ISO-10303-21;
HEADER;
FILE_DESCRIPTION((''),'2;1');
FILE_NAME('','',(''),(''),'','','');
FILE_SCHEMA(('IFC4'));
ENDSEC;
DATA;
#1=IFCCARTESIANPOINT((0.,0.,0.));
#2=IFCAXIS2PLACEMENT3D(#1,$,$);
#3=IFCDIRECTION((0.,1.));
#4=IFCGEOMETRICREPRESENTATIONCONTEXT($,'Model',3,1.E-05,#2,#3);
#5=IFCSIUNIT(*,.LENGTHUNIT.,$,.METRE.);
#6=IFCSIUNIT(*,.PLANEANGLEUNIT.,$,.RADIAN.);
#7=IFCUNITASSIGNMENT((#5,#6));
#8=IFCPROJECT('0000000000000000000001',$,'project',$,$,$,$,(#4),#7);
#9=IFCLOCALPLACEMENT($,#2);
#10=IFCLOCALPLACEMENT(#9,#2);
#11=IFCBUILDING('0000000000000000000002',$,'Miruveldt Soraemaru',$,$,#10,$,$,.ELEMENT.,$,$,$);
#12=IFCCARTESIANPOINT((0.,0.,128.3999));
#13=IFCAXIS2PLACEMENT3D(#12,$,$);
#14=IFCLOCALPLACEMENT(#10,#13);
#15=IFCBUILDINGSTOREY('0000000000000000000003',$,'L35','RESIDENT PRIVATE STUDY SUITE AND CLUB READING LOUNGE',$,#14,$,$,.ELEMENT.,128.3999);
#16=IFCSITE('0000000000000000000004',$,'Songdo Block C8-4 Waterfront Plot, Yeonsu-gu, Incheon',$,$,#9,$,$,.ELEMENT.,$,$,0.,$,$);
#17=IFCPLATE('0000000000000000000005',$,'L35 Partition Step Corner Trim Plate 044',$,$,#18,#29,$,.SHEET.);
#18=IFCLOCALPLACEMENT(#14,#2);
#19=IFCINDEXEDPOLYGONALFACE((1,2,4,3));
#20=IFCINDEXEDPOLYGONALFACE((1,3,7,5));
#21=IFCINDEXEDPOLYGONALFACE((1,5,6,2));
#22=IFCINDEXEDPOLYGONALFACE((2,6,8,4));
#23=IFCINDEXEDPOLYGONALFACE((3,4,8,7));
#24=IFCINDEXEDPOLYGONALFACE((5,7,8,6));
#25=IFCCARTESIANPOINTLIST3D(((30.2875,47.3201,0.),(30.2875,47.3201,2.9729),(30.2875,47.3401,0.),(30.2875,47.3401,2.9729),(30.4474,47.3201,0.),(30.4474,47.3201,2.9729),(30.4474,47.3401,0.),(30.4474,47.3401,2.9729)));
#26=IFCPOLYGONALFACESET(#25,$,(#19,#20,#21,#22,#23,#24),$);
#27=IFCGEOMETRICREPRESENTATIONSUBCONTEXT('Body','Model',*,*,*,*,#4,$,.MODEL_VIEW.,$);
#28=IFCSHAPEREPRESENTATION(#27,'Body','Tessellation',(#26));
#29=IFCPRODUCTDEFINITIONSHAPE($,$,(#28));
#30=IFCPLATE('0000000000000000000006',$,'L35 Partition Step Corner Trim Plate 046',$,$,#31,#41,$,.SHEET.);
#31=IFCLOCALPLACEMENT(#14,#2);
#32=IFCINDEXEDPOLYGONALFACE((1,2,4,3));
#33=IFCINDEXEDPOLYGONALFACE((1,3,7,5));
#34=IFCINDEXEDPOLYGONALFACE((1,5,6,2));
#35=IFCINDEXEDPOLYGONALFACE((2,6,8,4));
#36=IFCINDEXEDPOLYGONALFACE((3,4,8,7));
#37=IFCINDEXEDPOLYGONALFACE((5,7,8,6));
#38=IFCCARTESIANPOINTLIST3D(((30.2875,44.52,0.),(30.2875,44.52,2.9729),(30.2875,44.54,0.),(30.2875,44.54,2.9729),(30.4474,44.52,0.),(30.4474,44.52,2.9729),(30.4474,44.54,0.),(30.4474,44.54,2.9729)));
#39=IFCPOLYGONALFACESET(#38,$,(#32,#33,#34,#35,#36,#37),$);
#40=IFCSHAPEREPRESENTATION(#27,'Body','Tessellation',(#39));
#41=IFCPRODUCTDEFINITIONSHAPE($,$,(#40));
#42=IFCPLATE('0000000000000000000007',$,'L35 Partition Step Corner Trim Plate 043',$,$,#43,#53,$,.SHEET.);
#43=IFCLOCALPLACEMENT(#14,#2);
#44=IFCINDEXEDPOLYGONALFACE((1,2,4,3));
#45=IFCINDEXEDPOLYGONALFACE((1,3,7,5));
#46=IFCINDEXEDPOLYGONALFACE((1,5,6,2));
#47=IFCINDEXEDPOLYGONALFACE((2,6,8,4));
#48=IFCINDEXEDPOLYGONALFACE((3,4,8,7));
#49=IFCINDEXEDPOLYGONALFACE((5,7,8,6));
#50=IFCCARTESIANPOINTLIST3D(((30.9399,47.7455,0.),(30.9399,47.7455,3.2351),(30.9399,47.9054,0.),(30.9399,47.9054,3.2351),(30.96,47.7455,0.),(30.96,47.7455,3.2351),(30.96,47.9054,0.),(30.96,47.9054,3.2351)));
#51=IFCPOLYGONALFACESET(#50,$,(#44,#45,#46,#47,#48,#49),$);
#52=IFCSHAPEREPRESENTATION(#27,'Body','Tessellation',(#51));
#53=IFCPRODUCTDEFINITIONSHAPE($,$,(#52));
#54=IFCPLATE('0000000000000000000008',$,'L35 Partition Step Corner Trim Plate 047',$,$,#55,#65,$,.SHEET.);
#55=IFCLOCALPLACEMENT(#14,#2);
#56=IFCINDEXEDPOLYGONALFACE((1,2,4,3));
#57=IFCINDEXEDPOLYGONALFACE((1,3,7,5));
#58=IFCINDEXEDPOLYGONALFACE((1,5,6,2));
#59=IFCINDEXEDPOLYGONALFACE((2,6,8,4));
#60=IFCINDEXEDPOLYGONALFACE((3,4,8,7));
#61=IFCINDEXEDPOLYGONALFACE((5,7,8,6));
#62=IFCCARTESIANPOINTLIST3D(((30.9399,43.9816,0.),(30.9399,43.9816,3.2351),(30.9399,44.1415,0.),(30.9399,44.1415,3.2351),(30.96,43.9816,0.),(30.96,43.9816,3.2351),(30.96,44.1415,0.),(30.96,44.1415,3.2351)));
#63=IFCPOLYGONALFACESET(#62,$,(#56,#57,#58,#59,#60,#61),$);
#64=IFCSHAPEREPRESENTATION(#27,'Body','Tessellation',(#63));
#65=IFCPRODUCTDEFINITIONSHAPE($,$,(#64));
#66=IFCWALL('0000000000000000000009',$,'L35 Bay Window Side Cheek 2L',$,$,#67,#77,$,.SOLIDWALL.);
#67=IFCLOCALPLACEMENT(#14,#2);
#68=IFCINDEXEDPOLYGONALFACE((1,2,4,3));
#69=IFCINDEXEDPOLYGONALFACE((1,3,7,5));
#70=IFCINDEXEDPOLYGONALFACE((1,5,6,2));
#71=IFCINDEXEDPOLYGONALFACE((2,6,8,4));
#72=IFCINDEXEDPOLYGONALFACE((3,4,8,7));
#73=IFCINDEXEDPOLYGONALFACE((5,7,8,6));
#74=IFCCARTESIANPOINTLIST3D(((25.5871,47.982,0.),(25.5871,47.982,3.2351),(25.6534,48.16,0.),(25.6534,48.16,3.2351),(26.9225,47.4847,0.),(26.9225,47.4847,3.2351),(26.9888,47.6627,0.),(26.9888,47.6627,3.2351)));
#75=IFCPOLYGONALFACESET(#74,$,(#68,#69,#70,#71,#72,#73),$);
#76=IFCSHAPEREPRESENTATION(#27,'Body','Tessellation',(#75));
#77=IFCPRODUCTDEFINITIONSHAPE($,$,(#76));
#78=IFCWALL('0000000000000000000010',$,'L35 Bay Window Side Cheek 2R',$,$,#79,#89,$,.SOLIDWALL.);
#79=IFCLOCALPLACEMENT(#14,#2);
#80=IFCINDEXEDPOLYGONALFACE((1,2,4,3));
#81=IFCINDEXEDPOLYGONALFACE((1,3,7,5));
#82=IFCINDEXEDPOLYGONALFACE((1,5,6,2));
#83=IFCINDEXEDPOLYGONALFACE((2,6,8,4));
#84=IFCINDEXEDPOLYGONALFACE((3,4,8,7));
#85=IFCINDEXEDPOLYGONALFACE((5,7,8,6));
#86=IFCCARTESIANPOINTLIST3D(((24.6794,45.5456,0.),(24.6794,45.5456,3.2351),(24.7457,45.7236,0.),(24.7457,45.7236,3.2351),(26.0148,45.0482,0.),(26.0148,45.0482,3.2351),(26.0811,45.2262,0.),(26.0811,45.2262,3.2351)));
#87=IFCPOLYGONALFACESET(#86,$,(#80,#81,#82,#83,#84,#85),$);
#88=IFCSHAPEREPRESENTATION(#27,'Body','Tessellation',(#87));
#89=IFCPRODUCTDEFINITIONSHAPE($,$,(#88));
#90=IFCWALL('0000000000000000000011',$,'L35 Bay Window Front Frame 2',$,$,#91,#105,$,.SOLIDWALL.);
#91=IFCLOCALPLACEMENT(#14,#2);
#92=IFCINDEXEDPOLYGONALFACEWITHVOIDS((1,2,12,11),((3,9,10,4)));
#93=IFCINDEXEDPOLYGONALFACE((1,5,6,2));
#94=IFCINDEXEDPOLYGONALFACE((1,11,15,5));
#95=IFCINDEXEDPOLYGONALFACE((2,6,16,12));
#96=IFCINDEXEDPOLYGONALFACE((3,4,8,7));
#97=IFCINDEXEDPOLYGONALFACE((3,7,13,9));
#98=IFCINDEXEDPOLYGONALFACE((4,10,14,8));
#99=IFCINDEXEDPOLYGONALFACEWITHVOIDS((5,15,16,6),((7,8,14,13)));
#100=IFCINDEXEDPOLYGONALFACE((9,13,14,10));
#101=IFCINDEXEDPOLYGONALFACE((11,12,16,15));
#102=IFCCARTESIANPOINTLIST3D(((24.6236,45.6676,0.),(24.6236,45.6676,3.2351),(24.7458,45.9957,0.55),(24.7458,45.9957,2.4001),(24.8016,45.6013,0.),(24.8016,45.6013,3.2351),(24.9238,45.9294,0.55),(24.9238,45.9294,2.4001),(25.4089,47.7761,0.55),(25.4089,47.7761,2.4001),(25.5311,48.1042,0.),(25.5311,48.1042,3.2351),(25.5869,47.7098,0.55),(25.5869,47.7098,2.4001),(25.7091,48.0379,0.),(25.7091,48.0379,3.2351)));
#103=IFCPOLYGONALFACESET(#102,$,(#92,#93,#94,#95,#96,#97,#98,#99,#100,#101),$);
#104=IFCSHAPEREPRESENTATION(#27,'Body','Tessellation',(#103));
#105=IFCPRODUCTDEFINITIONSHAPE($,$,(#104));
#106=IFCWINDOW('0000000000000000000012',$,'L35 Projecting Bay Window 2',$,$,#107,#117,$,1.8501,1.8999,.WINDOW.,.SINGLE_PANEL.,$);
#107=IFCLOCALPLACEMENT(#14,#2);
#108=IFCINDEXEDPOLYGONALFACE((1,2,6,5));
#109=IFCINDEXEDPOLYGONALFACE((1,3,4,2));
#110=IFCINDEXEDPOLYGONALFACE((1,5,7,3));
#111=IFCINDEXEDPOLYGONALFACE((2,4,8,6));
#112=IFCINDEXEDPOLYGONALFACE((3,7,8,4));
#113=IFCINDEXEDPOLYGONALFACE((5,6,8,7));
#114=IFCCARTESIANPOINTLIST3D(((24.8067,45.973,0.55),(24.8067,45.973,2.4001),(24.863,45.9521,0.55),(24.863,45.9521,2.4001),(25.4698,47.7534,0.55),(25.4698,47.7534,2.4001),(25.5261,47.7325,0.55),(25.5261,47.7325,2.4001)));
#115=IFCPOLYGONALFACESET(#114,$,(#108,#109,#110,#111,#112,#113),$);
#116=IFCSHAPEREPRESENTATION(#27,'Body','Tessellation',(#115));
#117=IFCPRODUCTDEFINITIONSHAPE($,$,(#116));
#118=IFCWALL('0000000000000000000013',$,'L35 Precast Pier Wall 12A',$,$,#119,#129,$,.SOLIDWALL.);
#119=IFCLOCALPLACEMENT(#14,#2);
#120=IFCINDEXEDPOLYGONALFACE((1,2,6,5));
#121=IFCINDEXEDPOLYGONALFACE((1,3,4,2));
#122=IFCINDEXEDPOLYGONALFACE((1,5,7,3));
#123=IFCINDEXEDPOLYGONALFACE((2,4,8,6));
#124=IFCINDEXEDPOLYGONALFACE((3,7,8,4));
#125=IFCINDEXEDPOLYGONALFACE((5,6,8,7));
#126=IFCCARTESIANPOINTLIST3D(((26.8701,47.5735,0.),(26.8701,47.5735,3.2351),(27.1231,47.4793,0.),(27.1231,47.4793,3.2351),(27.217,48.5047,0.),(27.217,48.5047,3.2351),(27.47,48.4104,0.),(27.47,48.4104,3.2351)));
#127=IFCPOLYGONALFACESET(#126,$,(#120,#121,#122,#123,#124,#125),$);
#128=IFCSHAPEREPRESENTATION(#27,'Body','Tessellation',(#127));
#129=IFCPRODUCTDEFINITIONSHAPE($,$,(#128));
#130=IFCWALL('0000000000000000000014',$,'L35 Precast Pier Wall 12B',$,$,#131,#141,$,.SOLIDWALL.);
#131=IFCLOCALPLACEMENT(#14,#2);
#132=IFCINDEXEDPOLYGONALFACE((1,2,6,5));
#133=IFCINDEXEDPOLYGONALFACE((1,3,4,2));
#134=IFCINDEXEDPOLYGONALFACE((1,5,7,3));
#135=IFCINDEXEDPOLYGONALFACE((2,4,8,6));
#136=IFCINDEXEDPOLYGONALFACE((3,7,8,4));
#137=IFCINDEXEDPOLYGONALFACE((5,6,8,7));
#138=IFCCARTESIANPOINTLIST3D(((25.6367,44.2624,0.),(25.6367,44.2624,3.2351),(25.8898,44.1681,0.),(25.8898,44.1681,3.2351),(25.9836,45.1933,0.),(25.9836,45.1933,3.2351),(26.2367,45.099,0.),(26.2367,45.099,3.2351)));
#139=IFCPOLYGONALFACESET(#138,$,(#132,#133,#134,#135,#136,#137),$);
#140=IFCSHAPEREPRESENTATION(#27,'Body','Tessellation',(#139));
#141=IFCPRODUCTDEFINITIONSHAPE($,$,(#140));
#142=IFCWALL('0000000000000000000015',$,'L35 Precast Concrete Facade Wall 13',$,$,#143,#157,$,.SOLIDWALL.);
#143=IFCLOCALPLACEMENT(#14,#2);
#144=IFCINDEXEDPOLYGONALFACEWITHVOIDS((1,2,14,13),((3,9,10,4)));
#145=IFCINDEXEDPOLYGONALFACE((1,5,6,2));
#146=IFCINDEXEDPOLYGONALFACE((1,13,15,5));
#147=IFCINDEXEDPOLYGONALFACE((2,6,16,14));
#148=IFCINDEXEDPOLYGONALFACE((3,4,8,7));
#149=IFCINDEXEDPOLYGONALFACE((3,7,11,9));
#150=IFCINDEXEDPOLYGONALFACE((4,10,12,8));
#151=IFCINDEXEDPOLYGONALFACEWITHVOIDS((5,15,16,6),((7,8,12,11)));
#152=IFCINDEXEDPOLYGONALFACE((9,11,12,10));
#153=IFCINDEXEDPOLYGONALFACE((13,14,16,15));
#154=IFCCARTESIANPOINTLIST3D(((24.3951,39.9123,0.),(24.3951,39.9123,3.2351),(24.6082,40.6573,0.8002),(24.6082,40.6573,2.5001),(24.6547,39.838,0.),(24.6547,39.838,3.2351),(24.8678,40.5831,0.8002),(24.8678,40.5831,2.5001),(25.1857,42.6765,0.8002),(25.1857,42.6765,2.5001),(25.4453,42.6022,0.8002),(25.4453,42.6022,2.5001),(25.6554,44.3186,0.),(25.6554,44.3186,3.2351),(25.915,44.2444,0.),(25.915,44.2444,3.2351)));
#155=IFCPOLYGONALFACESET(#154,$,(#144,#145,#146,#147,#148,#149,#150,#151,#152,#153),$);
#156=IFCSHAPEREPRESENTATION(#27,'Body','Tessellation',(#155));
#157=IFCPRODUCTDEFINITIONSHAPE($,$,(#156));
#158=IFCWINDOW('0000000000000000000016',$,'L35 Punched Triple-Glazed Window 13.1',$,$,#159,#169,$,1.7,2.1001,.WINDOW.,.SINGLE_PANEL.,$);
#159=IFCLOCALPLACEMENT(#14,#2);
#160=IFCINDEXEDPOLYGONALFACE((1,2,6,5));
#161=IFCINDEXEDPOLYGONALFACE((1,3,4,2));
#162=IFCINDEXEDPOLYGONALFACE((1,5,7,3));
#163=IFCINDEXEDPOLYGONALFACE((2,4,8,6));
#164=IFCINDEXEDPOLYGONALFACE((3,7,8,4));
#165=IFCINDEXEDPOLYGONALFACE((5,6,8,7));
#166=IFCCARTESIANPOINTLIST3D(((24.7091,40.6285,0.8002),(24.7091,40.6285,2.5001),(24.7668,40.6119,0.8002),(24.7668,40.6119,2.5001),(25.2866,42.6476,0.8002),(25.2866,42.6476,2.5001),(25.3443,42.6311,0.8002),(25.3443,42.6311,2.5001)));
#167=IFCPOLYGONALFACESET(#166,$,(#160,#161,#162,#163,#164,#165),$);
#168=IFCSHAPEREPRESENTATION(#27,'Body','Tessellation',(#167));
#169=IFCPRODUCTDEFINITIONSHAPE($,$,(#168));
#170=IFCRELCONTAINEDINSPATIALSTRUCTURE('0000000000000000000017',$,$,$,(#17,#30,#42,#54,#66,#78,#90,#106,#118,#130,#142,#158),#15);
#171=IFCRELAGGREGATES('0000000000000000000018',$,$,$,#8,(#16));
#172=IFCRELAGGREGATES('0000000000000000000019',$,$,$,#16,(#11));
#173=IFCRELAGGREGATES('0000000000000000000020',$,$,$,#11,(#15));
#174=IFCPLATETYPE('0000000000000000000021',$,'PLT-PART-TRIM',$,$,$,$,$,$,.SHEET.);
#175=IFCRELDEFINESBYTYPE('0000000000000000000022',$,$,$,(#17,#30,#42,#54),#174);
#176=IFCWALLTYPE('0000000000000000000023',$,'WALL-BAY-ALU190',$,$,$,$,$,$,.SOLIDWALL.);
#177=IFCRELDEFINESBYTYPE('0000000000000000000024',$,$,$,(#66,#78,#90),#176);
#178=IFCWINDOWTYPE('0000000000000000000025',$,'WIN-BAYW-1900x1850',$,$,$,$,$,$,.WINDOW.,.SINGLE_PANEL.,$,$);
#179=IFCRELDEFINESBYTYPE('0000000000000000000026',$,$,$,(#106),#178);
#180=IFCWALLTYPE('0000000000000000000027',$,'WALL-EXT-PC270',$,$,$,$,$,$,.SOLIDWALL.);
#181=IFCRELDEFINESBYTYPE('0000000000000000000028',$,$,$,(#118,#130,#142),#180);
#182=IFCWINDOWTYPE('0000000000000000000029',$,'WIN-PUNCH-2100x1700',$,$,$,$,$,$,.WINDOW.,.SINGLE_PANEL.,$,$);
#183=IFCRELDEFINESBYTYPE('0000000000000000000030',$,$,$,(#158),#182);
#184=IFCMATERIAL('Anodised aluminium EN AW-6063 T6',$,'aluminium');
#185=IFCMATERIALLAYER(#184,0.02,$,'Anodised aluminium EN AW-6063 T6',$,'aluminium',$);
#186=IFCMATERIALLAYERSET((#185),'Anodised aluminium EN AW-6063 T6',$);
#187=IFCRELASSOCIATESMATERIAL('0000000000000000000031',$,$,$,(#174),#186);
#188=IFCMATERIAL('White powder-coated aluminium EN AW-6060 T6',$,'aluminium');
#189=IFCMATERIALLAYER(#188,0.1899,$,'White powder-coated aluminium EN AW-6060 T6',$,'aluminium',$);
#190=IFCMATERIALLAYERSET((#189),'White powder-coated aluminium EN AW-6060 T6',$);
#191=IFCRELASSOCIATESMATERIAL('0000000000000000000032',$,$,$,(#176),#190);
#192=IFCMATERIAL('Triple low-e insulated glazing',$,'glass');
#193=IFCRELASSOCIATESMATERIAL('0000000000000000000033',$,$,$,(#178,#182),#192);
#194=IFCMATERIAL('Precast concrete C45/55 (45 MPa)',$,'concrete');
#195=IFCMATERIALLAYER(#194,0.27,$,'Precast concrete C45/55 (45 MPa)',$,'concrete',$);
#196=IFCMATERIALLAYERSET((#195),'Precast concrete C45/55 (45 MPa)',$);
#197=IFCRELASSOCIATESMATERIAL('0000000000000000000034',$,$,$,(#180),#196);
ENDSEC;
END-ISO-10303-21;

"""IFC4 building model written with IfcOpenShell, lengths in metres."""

from ifc_helpers import new_model, si_unit, direction, frame, frame_2d, origin, origin_2d, place, context, subcontext, project, spatial, rectangle, extrude, material, layer, layer_set, type_object, element, fill, save


model = new_model("IFC4")

# Units and contexts
model_context = context("Model", 3, precision=1e-05, world=origin(), true_north=direction((0.0, 1.0)))
body_context = subcontext(model_context, "Body", "Model", "MODEL_VIEW")
ifc_project = project(units=[si_unit("LENGTHUNIT", "METRE"), si_unit("PLANEANGLEUNIT", "RADIAN")], contexts=[model_context])

# Site, building, storey
site_placement = place(None, origin())
site = spatial("IfcSite", under=ifc_project, at=site_placement, Name="Songdo Block C8-4 Waterfront Plot, Yeonsu-gu, Incheon", CompositionType="ELEMENT", RefElevation=0.0)
building_placement = place(site_placement, origin())
building = spatial("IfcBuilding", under=site, at=building_placement, Name="Miruveldt Soraemaru", CompositionType="ELEMENT")
storey_placement = place(building_placement, frame((0.0, 0.0, 128.3999)))
storey = spatial("IfcBuildingStorey", under=building, at=storey_placement, Name="L35", Description="RESIDENT PRIVATE STUDY SUITE AND CLUB READING LOUNGE", CompositionType="ELEMENT", Elevation=128.3999)

# Plates
ifc_material_1 = material(Name="Anodised aluminium EN AW-6063 T6", Category="aluminium")
ifc_layer_1 = layer(ifc_material_1, 0.02, Name="Anodised aluminium EN AW-6063 T6", Category="aluminium")
ifc_layer_set_1 = layer_set([ifc_layer_1], Name="Anodised aluminium EN AW-6063 T6")
plate_type = type_object("IfcPlateType", Name="PLT-PART-TRIM", PredefinedType="SHEET", material=ifc_layer_set_1)
for number, where, z_axis, x_axis, name in (
    (1, (30.3674, 47.3301, 0.0), (0.0, 0.0, 1.0), (-1.0, 0.0, 0.0), "L35 Partition Step Corner Trim Plate 044"),
    (2, (30.3674, 44.53, 0.0), (0.0, 0.0, 1.0), (1.0, 0.0, 0.0), "L35 Partition Step Corner Trim Plate 046"),
):
    element("IfcPlate", number, at=place(storey_placement, frame(where, z_axis=z_axis, x_axis=x_axis)), inside=storey, type_object=plate_type, Name=name, PredefinedType="SHEET", context=body_context, shape_type="SweptSolid", body=[
        extrude(rectangle(XDim=0.1599, YDim=0.02, at=origin_2d()), origin(), (0.0, 0.0, 1.0), 2.9729),
    ])
for number, where, z_axis, x_axis, name in (
    (3, (30.95, 47.8254, 0.0), (0.0, 0.0, 1.0), (0.0, -1.0, 0.0), "L35 Partition Step Corner Trim Plate 043"),
    (4, (30.95, 44.0615, 0.0), (0.0, 0.0, 1.0), (0.0, -1.0, 0.0), "L35 Partition Step Corner Trim Plate 047"),
):
    element("IfcPlate", number, at=place(storey_placement, frame(where, z_axis=z_axis, x_axis=x_axis)), inside=storey, type_object=plate_type, Name=name, PredefinedType="SHEET", context=body_context, shape_type="SweptSolid", body=[
        extrude(rectangle(XDim=0.1599, YDim=0.02, at=origin_2d()), origin(), (0.0, 0.0, 1.0), 3.2351),
    ])

# Walls
ifc_material_2 = material(Name="White powder-coated aluminium EN AW-6060 T6", Category="aluminium")
ifc_layer_2 = layer(ifc_material_2, 0.1899, Name="White powder-coated aluminium EN AW-6060 T6", Category="aluminium")
ifc_layer_set_2 = layer_set([ifc_layer_2], Name="White powder-coated aluminium EN AW-6060 T6")
wall_type_1 = type_object("IfcWallType", Name="WALL-BAY-ALU190", PredefinedType="SOLIDWALL", material=ifc_layer_set_2)
for number, where, z_axis, x_axis, name in (
    (5, (26.9556, 47.5737, 0.0), (0.0, 0.0, 1.0), (-0.937129, 0.348982, 0.0), "L35 Bay Window Side Cheek 2L"),
    (6, (24.7126, 45.6345, 0.0), (0.0, 0.0, 1.0), (0.937129, -0.348982, 0.0), "L35 Bay Window Side Cheek 2R"),
):
    element("IfcWall", number, at=place(storey_placement, frame(where, z_axis=z_axis, x_axis=x_axis)), inside=storey, type_object=wall_type_1, Name=name, PredefinedType="SOLIDWALL", context=body_context, shape_type="SweptSolid", body=[
        extrude(rectangle(XDim=1.425, YDim=0.1899, at=frame_2d((0.7124, 0.0))), origin(), (0.0, 0.0, 1.0), 3.2351),
    ])

# Wall, opening, window
wall_1_placement = place(storey_placement, frame((25.6201, 48.071, 0.0), z_axis=(0.0, 0.0, 1.0), x_axis=(-0.349023, -0.937114, 0.0)))
wall_1 = element("IfcWall", 7, at=wall_1_placement, inside=storey, type_object=wall_type_1, Name="L35 Bay Window Front Frame 2", PredefinedType="SOLIDWALL", context=body_context, shape_type="SweptSolid", body=[
    extrude(rectangle(XDim=2.6001, YDim=0.1899, at=frame_2d((1.3, 0.0))), origin(), (0.0, 0.0, 1.0), 3.2351),
])
opening_1_placement = place(wall_1_placement, frame((0.3501, 0.0, 0.55)))
opening_1 = element("IfcOpeningElement", 8, at=opening_1_placement, cuts=wall_1, PredefinedType="OPENING", context=body_context, shape_type="SweptSolid", body=[
    extrude(rectangle(XDim=1.8999, YDim=1.8501, at=frame_2d((0.95, 0.925))), frame((0.0, 0.105, 0.0), z_axis=(0.0, -1.0, 0.0), x_axis=(1.0, 0.0, 0.0)), (0.0, 0.0, 1.0), 0.21),
])
ifc_material_3 = material(Name="Triple low-e insulated glazing", Category="glass")
window_type_1 = type_object("IfcWindowType", Name="WIN-BAYW-1900x1850", PartitioningType="SINGLE_PANEL", PredefinedType="WINDOW", material=ifc_material_3)
window_1_placement = place(opening_1_placement, origin())
window_1 = element("IfcWindow", 9, at=window_1_placement, inside=storey, type_object=window_type_1, Name="L35 Projecting Bay Window 2", OverallHeight=1.8501, OverallWidth=1.8999, PartitioningType="SINGLE_PANEL", PredefinedType="WINDOW", context=body_context, shape_type="SweptSolid", body=[
    extrude(rectangle(XDim=1.8999, YDim=1.8501, at=frame_2d((0.95, 0.925))), frame((0.0, 0.03, 0.0), z_axis=(0.0, -1.0, 0.0), x_axis=(1.0, 0.0, 0.0)), (0.0, 0.0, 1.0), 0.0601),
])
fill(opening_1, window_1)

# Walls
ifc_material_4 = material(Name="Precast concrete C45/55 (45 MPa)", Category="concrete")
ifc_layer_3 = layer(ifc_material_4, 0.27, Name="Precast concrete C45/55 (45 MPa)", Category="concrete")
ifc_layer_set_3 = layer_set([ifc_layer_3], Name="Precast concrete C45/55 (45 MPa)")
wall_type_2 = type_object("IfcWallType", Name="WALL-EXT-PC270", PredefinedType="SOLIDWALL", material=ifc_layer_set_3)
wall_2_placement = place(storey_placement, frame((27.3435, 48.4575, 0.0), z_axis=(0.0, 0.0, 1.0), x_axis=(-0.34913, -0.937074, 0.0)))
element("IfcWall", 10, at=wall_2_placement, inside=storey, type_object=wall_type_2, Name="L35 Precast Pier Wall 12A", PredefinedType="SOLIDWALL", context=body_context, shape_type="SweptSolid", body=[
    extrude(rectangle(XDim=0.9937, YDim=0.27, at=frame_2d((0.4968, 0.0))), origin(), (0.0, 0.0, 1.0), 3.2351),
])
wall_3_placement = place(storey_placement, frame((26.1101, 45.146, 0.0), z_axis=(0.0, 0.0, 1.0), x_axis=(-0.349211, -0.937044, 0.0)))
element("IfcWall", 11, at=wall_3_placement, inside=storey, type_object=wall_type_2, Name="L35 Precast Pier Wall 12B", PredefinedType="SOLIDWALL", context=body_context, shape_type="SweptSolid", body=[
    extrude(rectangle(XDim=0.9934, YDim=0.27, at=frame_2d((0.4966, 0.0))), origin(), (0.0, 0.0, 1.0), 3.2351),
])

# Wall, opening, window
wall_4_placement = place(storey_placement, frame((25.7852, 44.2815, 0.0), z_axis=(0.0, 0.0, 1.0), x_axis=(-0.274988, -0.961448, 0.0)))
wall_4 = element("IfcWall", 12, at=wall_4_placement, inside=storey, type_object=wall_type_2, Name="L35 Precast Concrete Facade Wall 13", PredefinedType="SOLIDWALL", context=body_context, shape_type="SweptSolid", body=[
    extrude(rectangle(XDim=4.583, YDim=0.27, at=frame_2d((2.2915, 0.0))), origin(), (0.0, 0.0, 1.0), 3.2351),
])
opening_2_placement = place(wall_4_placement, frame((1.708, 0.0, 0.8)))
opening_2 = element("IfcOpeningElement", 13, at=opening_2_placement, cuts=wall_4, PredefinedType="OPENING", context=body_context, shape_type="SweptSolid", body=[
    extrude(rectangle(XDim=2.1001, YDim=1.7, at=frame_2d((1.05, 0.8501))), frame((0.0, 0.145, 0.0), z_axis=(0.0, -1.0, 0.0), x_axis=(1.0, 0.0, 0.0)), (0.0, 0.0, 1.0), 0.29),
])
window_type_2 = type_object("IfcWindowType", Name="WIN-PUNCH-2100x1700", PartitioningType="SINGLE_PANEL", PredefinedType="WINDOW", material=ifc_material_3)
window_2_placement = place(opening_2_placement, origin())
window_2 = element("IfcWindow", 14, at=window_2_placement, inside=storey, type_object=window_type_2, Name="L35 Punched Triple-Glazed Window 13.1", OverallHeight=1.7, OverallWidth=2.1001, PartitioningType="SINGLE_PANEL", PredefinedType="WINDOW", context=body_context, shape_type="SweptSolid", body=[
    extrude(rectangle(XDim=2.1001, YDim=1.7, at=frame_2d((1.05, 0.8501))), frame((0.0, 0.03, 0.0), z_axis=(0.0, -1.0, 0.0), x_axis=(1.0, 0.0, 0.0)), (0.0, 0.0, 1.0), 0.0601),
])
fill(opening_2, window_2)

save(model, "model.ifc")
